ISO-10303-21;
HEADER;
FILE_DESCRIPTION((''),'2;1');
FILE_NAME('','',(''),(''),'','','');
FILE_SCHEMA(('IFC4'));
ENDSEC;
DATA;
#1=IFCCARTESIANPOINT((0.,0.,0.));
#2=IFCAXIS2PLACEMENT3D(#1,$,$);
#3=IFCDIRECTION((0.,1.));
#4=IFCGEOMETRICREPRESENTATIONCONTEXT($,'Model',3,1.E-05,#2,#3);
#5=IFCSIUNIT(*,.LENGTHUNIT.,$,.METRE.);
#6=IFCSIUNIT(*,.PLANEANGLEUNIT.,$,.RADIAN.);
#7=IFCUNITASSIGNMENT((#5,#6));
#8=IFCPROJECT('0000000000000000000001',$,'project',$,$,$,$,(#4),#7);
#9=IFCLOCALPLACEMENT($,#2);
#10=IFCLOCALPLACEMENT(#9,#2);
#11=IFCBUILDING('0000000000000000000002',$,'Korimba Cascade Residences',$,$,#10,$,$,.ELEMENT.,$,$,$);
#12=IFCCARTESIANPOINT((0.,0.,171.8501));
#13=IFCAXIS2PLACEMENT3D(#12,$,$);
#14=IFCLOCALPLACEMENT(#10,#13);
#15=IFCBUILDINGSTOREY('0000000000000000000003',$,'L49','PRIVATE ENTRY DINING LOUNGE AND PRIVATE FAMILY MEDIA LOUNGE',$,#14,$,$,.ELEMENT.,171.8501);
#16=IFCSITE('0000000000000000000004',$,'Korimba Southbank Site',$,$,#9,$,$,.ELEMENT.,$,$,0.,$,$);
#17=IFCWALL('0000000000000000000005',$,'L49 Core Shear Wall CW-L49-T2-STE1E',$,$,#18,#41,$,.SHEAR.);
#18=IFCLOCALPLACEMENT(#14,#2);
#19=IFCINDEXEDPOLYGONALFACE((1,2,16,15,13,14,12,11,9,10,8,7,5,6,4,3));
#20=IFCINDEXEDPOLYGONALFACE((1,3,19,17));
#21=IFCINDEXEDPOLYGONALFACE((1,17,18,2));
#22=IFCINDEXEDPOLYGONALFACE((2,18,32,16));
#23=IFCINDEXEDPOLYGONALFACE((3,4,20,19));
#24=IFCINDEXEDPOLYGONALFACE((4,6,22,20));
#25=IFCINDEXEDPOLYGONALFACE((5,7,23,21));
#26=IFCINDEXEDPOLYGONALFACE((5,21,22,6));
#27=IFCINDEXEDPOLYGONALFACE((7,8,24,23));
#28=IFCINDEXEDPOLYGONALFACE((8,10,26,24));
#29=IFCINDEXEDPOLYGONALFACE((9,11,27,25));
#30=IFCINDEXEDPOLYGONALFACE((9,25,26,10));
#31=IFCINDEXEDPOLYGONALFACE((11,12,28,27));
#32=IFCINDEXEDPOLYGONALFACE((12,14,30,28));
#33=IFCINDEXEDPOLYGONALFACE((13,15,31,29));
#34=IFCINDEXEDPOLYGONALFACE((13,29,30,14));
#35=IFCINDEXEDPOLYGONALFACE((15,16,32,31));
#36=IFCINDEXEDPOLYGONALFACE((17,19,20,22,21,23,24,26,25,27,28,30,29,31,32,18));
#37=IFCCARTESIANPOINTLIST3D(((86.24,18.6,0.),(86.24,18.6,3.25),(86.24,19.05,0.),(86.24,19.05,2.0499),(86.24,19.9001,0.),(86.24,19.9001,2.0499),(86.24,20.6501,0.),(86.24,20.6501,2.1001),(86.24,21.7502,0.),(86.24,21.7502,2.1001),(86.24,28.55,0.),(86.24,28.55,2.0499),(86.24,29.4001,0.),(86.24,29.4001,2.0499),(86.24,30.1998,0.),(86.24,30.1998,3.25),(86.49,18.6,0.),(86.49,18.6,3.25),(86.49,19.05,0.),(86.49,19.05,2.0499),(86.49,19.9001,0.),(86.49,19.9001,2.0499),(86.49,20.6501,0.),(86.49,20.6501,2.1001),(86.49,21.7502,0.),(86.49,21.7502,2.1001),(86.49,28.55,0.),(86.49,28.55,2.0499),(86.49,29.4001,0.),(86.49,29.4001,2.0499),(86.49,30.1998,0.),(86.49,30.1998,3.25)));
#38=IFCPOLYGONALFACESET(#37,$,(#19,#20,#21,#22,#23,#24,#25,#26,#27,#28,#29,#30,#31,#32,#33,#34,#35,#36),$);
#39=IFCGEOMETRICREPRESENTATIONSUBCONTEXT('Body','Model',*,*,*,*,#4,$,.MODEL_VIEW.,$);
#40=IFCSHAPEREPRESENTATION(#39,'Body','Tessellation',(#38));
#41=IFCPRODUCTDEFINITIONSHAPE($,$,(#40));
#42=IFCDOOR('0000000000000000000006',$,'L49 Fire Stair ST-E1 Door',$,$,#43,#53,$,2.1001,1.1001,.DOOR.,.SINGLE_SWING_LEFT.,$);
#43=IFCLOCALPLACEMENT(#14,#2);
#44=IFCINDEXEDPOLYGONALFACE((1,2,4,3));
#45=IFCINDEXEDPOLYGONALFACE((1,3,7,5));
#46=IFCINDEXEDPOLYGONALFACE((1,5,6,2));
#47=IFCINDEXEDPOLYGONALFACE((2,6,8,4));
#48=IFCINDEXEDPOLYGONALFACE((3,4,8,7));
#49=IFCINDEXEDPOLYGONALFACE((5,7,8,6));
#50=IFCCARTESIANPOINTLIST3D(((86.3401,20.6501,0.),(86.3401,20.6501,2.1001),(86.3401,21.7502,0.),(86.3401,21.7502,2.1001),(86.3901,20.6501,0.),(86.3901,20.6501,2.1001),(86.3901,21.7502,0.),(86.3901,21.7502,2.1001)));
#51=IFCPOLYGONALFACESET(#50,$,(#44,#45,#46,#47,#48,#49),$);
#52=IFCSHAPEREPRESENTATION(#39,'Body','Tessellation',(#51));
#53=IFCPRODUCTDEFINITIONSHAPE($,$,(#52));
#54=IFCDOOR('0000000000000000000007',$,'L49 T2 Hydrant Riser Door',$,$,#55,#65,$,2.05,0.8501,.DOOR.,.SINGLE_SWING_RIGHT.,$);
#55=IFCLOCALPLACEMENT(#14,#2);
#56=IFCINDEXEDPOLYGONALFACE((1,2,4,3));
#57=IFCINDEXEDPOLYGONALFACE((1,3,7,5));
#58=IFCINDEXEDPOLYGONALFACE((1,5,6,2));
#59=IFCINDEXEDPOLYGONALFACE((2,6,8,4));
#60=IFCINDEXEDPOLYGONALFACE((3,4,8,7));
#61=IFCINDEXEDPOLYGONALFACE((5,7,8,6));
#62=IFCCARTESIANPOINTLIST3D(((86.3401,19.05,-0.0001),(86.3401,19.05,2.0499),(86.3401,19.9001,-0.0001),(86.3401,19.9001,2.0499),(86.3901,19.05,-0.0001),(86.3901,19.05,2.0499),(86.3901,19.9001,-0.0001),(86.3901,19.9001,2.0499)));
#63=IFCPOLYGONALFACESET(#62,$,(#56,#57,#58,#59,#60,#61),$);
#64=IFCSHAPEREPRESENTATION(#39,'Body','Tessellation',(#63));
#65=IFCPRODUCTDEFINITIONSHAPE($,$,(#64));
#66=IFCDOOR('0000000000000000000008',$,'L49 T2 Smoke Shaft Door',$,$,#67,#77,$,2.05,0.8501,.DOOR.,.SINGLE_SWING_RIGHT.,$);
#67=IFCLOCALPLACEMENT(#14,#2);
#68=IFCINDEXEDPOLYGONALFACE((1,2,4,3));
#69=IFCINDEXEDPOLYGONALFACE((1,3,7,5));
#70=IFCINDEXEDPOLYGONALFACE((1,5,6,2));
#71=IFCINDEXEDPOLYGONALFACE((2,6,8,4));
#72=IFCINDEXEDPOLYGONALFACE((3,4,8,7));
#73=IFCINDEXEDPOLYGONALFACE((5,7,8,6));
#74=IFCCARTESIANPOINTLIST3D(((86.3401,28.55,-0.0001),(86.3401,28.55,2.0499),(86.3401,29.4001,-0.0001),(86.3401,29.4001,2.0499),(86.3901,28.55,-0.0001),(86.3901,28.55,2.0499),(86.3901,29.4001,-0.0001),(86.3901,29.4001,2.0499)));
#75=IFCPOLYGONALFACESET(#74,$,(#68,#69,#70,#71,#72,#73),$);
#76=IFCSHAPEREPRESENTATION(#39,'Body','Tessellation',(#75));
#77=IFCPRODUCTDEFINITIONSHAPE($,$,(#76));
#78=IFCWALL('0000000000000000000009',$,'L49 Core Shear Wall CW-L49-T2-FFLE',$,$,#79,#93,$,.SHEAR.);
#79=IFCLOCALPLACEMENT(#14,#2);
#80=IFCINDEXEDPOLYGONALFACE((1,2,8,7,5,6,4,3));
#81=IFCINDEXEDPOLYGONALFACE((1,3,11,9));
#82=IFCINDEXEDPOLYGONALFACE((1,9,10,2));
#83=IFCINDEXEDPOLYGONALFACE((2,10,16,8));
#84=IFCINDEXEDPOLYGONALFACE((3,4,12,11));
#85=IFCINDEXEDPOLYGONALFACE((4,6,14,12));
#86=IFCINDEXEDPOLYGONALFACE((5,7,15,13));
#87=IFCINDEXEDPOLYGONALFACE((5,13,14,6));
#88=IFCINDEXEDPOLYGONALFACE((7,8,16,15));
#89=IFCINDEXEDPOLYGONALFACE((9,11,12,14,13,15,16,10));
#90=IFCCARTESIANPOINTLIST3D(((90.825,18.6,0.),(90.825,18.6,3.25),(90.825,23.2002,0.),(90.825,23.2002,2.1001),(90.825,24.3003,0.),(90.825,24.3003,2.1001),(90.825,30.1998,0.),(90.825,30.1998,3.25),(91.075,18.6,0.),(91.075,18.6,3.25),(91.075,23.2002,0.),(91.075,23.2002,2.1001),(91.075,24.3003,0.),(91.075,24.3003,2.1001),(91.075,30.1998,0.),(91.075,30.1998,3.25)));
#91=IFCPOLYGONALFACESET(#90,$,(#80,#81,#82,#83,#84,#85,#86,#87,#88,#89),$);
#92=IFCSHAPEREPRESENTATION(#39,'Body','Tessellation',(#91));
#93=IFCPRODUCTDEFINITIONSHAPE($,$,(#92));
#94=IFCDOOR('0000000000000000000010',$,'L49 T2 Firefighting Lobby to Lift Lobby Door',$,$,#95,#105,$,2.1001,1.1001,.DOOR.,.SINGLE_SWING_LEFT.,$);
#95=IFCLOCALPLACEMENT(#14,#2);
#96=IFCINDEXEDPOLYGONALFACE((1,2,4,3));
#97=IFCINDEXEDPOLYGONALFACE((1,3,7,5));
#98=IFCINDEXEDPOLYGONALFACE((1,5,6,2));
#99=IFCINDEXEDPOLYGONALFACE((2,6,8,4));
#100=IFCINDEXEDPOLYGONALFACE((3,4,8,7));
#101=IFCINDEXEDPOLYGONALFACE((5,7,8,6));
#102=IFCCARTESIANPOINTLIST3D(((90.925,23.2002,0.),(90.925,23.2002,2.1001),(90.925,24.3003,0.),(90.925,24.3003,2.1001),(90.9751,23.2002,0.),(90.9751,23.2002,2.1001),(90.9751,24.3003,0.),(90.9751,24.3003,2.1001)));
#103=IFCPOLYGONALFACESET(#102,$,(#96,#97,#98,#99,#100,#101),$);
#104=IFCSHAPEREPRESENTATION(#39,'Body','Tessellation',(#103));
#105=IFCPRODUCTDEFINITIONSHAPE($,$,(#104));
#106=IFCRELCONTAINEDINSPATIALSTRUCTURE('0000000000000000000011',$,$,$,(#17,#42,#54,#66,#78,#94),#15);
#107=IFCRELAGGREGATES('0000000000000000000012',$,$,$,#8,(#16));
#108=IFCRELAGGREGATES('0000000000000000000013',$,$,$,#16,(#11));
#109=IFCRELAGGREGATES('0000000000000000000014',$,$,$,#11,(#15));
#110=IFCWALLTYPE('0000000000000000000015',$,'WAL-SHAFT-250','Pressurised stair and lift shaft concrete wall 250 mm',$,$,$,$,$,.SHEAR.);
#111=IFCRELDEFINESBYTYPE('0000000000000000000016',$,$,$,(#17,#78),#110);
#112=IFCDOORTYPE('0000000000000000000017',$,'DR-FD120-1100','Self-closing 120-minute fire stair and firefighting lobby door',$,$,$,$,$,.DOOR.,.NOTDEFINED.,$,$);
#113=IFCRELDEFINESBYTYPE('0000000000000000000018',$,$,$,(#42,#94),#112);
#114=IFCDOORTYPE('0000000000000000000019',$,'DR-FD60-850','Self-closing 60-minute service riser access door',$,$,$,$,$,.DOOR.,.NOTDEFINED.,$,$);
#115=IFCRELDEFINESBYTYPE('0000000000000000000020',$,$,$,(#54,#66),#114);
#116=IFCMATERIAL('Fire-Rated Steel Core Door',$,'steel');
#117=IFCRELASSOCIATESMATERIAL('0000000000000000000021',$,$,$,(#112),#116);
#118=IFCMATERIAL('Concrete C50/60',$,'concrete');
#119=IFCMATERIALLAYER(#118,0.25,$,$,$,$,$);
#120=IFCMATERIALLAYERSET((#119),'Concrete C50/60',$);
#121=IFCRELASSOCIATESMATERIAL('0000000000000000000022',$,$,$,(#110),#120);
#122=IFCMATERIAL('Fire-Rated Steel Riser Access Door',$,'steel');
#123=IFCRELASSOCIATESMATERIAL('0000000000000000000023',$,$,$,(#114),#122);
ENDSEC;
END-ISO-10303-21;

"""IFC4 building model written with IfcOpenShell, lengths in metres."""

from ifc_helpers import new_model, si_unit, direction, frame, frame_2d, origin, place, context, subcontext, project, spatial, rectangle, extrude, material, layer, layer_set, type_object, element, fill, save


model = new_model("IFC4")

# Units and contexts
model_context = context("Model", 3, precision=1e-05, world=origin(), true_north=direction((0.0, 1.0)))
body_context = subcontext(model_context, "Body", "Model", "MODEL_VIEW")
ifc_project = project(units=[si_unit("LENGTHUNIT", "METRE"), si_unit("PLANEANGLEUNIT", "RADIAN")], contexts=[model_context])

# Site, building, storey
site_placement = place(None, origin())
site = spatial("IfcSite", under=ifc_project, at=site_placement, Name="Korimba Southbank Site", CompositionType="ELEMENT", RefElevation=0.0)
building_placement = place(site_placement, origin())
building = spatial("IfcBuilding", under=site, at=building_placement, Name="Korimba Cascade Residences", CompositionType="ELEMENT")
storey_placement = place(building_placement, frame((0.0, 0.0, 171.8501)))
storey = spatial("IfcBuildingStorey", under=building, at=storey_placement, Name="L49", Description="PRIVATE ENTRY DINING LOUNGE AND PRIVATE FAMILY MEDIA LOUNGE", CompositionType="ELEMENT", Elevation=171.8501)

# Shared definitions
ifc_material_1 = material(Name="Concrete C50/60", Category="concrete")

# Shared definitions
ifc_material_2 = material(Name="Fire-Rated Steel Core Door", Category="steel")
door_type_1 = type_object("IfcDoorType", Name="DR-FD120-1100", Description="Self-closing 120-minute fire stair and firefighting lobby door", OperationType="NOTDEFINED", PredefinedType="DOOR", material=ifc_material_2)

# Wall, openings, doors
ifc_layer_1 = layer(ifc_material_1, 0.25)
ifc_layer_set_1 = layer_set([ifc_layer_1], Name="Concrete C50/60")
wall_type_1 = type_object("IfcWallType", Name="WAL-SHAFT-250", Description="Pressurised stair and lift shaft concrete wall 250 mm", PredefinedType="SHEAR", material=ifc_layer_set_1)
wall_1_placement = place(storey_placement, frame((86.365, 18.6001, 0.0), z_axis=(0.0, 0.0, 1.0), x_axis=(0.0, 1.0, 0.0)))
wall_1 = element("IfcWall", 1, at=wall_1_placement, inside=storey, type_object=wall_type_1, Name="L49 Core Shear Wall CW-L49-T2-STE1E", PredefinedType="SHEAR", context=body_context, shape_type="SweptSolid", body=[
    extrude(rectangle(XDim=11.5999, YDim=0.25, at=frame_2d((5.7998, 0.0))), origin(), (0.0, 0.0, 1.0), 3.25),
])
opening_1_placement = place(wall_1_placement, frame((0.45, 0.0, 0.0)))
opening_1 = element("IfcOpeningElement", 2, at=opening_1_placement, cuts=wall_1, PredefinedType="OPENING", context=body_context, shape_type="SweptSolid", body=[
    extrude(rectangle(XDim=0.8501, YDim=2.05, at=frame_2d((0.425, 1.0249))), frame((0.0, 0.135, 0.0), z_axis=(0.0, -1.0, 0.0), x_axis=(1.0, 0.0, 0.0)), (0.0, 0.0, 1.0), 0.27),
])
opening_2_placement = place(wall_1_placement, frame((2.05, 0.0, 0.0)))
opening_2 = element("IfcOpeningElement", 3, at=opening_2_placement, cuts=wall_1, PredefinedType="OPENING", context=body_context, shape_type="SweptSolid", body=[
    extrude(rectangle(XDim=1.1001, YDim=2.1001, at=frame_2d((0.55, 1.05))), frame((0.0, 0.135, 0.0), z_axis=(0.0, -1.0, 0.0), x_axis=(1.0, 0.0, 0.0)), (0.0, 0.0, 1.0), 0.27),
])
opening_3_placement = place(wall_1_placement, frame((9.95, 0.0, 0.0)))
opening_3 = element("IfcOpeningElement", 4, at=opening_3_placement, cuts=wall_1, PredefinedType="OPENING", context=body_context, shape_type="SweptSolid", body=[
    extrude(rectangle(XDim=0.8501, YDim=2.05, at=frame_2d((0.425, 1.0249))), frame((0.0, 0.135, 0.0), z_axis=(0.0, -1.0, 0.0), x_axis=(1.0, 0.0, 0.0)), (0.0, 0.0, 1.0), 0.27),
])
door_1_placement = place(opening_2_placement, origin())
door_1 = element("IfcDoor", 5, at=door_1_placement, inside=storey, type_object=door_type_1, Name="L49 Fire Stair ST-E1 Door", OperationType="SINGLE_SWING_LEFT", OverallHeight=2.1001, OverallWidth=1.1001, PredefinedType="DOOR", context=body_context, shape_type="SweptSolid", body=[
    extrude(rectangle(XDim=1.1001, YDim=2.1001, at=frame_2d((0.55, 1.05))), frame((0.0, 0.0249, 0.0), z_axis=(0.0, -1.0, 0.0), x_axis=(1.0, 0.0, 0.0)), (0.0, 0.0, 1.0), 0.05),
])
fill(opening_2, door_1)
ifc_material_3 = material(Name="Fire-Rated Steel Riser Access Door", Category="steel")
door_type_2 = type_object("IfcDoorType", Name="DR-FD60-850", Description="Self-closing 60-minute service riser access door", OperationType="NOTDEFINED", PredefinedType="DOOR", material=ifc_material_3)
door_2_placement = place(opening_1_placement, origin())
door_2 = element("IfcDoor", 6, at=door_2_placement, inside=storey, type_object=door_type_2, Name="L49 T2 Hydrant Riser Door", OperationType="SINGLE_SWING_RIGHT", OverallHeight=2.05, OverallWidth=0.8501, PredefinedType="DOOR", context=body_context, shape_type="SweptSolid", body=[
    extrude(rectangle(XDim=0.8501, YDim=2.05, at=frame_2d((0.425, 1.0249))), frame((0.0, 0.0249, 0.0), z_axis=(0.0, -1.0, 0.0), x_axis=(1.0, 0.0, 0.0)), (0.0, 0.0, 1.0), 0.05),
])
fill(opening_1, door_2)
door_3_placement = place(opening_3_placement, origin())
door_3 = element("IfcDoor", 7, at=door_3_placement, inside=storey, type_object=door_type_2, Name="L49 T2 Smoke Shaft Door", OperationType="SINGLE_SWING_RIGHT", OverallHeight=2.05, OverallWidth=0.8501, PredefinedType="DOOR", context=body_context, shape_type="SweptSolid", body=[
    extrude(rectangle(XDim=0.8501, YDim=2.05, at=frame_2d((0.425, 1.0249))), frame((0.0, 0.0249, 0.0), z_axis=(0.0, -1.0, 0.0), x_axis=(1.0, 0.0, 0.0)), (0.0, 0.0, 1.0), 0.05),
])
fill(opening_3, door_3)

# Wall, opening, door
wall_2_placement = place(storey_placement, frame((90.95, 18.6001, 0.0), z_axis=(0.0, 0.0, 1.0), x_axis=(0.0, 1.0, 0.0)))
wall_2 = element("IfcWall", 8, at=wall_2_placement, inside=storey, type_object=wall_type_1, Name="L49 Core Shear Wall CW-L49-T2-FFLE", PredefinedType="SHEAR", context=body_context, shape_type="SweptSolid", body=[
    extrude(rectangle(XDim=11.5999, YDim=0.25, at=frame_2d((5.7998, 0.0))), origin(), (0.0, 0.0, 1.0), 3.25),
])
opening_4_placement = place(wall_2_placement, frame((4.6001, 0.0, 0.0)))
opening_4 = element("IfcOpeningElement", 9, at=opening_4_placement, cuts=wall_2, PredefinedType="OPENING", context=body_context, shape_type="SweptSolid", body=[
    extrude(rectangle(XDim=1.1001, YDim=2.1001, at=frame_2d((0.55, 1.05))), frame((0.0, 0.135, 0.0), z_axis=(0.0, -1.0, 0.0), x_axis=(1.0, 0.0, 0.0)), (0.0, 0.0, 1.0), 0.27),
])
door_4_placement = place(opening_4_placement, origin())
door_4 = element("IfcDoor", 10, at=door_4_placement, inside=storey, type_object=door_type_1, Name="L49 T2 Firefighting Lobby to Lift Lobby Door", OperationType="SINGLE_SWING_LEFT", OverallHeight=2.1001, OverallWidth=1.1001, PredefinedType="DOOR", context=body_context, shape_type="SweptSolid", body=[
    extrude(rectangle(XDim=1.1001, YDim=2.1001, at=frame_2d((0.55, 1.05))), frame((0.0, 0.0249, 0.0), z_axis=(0.0, -1.0, 0.0), x_axis=(1.0, 0.0, 0.0)), (0.0, 0.0, 1.0), 0.05),
])
fill(opening_4, door_4)

save(model, "model.ifc")
